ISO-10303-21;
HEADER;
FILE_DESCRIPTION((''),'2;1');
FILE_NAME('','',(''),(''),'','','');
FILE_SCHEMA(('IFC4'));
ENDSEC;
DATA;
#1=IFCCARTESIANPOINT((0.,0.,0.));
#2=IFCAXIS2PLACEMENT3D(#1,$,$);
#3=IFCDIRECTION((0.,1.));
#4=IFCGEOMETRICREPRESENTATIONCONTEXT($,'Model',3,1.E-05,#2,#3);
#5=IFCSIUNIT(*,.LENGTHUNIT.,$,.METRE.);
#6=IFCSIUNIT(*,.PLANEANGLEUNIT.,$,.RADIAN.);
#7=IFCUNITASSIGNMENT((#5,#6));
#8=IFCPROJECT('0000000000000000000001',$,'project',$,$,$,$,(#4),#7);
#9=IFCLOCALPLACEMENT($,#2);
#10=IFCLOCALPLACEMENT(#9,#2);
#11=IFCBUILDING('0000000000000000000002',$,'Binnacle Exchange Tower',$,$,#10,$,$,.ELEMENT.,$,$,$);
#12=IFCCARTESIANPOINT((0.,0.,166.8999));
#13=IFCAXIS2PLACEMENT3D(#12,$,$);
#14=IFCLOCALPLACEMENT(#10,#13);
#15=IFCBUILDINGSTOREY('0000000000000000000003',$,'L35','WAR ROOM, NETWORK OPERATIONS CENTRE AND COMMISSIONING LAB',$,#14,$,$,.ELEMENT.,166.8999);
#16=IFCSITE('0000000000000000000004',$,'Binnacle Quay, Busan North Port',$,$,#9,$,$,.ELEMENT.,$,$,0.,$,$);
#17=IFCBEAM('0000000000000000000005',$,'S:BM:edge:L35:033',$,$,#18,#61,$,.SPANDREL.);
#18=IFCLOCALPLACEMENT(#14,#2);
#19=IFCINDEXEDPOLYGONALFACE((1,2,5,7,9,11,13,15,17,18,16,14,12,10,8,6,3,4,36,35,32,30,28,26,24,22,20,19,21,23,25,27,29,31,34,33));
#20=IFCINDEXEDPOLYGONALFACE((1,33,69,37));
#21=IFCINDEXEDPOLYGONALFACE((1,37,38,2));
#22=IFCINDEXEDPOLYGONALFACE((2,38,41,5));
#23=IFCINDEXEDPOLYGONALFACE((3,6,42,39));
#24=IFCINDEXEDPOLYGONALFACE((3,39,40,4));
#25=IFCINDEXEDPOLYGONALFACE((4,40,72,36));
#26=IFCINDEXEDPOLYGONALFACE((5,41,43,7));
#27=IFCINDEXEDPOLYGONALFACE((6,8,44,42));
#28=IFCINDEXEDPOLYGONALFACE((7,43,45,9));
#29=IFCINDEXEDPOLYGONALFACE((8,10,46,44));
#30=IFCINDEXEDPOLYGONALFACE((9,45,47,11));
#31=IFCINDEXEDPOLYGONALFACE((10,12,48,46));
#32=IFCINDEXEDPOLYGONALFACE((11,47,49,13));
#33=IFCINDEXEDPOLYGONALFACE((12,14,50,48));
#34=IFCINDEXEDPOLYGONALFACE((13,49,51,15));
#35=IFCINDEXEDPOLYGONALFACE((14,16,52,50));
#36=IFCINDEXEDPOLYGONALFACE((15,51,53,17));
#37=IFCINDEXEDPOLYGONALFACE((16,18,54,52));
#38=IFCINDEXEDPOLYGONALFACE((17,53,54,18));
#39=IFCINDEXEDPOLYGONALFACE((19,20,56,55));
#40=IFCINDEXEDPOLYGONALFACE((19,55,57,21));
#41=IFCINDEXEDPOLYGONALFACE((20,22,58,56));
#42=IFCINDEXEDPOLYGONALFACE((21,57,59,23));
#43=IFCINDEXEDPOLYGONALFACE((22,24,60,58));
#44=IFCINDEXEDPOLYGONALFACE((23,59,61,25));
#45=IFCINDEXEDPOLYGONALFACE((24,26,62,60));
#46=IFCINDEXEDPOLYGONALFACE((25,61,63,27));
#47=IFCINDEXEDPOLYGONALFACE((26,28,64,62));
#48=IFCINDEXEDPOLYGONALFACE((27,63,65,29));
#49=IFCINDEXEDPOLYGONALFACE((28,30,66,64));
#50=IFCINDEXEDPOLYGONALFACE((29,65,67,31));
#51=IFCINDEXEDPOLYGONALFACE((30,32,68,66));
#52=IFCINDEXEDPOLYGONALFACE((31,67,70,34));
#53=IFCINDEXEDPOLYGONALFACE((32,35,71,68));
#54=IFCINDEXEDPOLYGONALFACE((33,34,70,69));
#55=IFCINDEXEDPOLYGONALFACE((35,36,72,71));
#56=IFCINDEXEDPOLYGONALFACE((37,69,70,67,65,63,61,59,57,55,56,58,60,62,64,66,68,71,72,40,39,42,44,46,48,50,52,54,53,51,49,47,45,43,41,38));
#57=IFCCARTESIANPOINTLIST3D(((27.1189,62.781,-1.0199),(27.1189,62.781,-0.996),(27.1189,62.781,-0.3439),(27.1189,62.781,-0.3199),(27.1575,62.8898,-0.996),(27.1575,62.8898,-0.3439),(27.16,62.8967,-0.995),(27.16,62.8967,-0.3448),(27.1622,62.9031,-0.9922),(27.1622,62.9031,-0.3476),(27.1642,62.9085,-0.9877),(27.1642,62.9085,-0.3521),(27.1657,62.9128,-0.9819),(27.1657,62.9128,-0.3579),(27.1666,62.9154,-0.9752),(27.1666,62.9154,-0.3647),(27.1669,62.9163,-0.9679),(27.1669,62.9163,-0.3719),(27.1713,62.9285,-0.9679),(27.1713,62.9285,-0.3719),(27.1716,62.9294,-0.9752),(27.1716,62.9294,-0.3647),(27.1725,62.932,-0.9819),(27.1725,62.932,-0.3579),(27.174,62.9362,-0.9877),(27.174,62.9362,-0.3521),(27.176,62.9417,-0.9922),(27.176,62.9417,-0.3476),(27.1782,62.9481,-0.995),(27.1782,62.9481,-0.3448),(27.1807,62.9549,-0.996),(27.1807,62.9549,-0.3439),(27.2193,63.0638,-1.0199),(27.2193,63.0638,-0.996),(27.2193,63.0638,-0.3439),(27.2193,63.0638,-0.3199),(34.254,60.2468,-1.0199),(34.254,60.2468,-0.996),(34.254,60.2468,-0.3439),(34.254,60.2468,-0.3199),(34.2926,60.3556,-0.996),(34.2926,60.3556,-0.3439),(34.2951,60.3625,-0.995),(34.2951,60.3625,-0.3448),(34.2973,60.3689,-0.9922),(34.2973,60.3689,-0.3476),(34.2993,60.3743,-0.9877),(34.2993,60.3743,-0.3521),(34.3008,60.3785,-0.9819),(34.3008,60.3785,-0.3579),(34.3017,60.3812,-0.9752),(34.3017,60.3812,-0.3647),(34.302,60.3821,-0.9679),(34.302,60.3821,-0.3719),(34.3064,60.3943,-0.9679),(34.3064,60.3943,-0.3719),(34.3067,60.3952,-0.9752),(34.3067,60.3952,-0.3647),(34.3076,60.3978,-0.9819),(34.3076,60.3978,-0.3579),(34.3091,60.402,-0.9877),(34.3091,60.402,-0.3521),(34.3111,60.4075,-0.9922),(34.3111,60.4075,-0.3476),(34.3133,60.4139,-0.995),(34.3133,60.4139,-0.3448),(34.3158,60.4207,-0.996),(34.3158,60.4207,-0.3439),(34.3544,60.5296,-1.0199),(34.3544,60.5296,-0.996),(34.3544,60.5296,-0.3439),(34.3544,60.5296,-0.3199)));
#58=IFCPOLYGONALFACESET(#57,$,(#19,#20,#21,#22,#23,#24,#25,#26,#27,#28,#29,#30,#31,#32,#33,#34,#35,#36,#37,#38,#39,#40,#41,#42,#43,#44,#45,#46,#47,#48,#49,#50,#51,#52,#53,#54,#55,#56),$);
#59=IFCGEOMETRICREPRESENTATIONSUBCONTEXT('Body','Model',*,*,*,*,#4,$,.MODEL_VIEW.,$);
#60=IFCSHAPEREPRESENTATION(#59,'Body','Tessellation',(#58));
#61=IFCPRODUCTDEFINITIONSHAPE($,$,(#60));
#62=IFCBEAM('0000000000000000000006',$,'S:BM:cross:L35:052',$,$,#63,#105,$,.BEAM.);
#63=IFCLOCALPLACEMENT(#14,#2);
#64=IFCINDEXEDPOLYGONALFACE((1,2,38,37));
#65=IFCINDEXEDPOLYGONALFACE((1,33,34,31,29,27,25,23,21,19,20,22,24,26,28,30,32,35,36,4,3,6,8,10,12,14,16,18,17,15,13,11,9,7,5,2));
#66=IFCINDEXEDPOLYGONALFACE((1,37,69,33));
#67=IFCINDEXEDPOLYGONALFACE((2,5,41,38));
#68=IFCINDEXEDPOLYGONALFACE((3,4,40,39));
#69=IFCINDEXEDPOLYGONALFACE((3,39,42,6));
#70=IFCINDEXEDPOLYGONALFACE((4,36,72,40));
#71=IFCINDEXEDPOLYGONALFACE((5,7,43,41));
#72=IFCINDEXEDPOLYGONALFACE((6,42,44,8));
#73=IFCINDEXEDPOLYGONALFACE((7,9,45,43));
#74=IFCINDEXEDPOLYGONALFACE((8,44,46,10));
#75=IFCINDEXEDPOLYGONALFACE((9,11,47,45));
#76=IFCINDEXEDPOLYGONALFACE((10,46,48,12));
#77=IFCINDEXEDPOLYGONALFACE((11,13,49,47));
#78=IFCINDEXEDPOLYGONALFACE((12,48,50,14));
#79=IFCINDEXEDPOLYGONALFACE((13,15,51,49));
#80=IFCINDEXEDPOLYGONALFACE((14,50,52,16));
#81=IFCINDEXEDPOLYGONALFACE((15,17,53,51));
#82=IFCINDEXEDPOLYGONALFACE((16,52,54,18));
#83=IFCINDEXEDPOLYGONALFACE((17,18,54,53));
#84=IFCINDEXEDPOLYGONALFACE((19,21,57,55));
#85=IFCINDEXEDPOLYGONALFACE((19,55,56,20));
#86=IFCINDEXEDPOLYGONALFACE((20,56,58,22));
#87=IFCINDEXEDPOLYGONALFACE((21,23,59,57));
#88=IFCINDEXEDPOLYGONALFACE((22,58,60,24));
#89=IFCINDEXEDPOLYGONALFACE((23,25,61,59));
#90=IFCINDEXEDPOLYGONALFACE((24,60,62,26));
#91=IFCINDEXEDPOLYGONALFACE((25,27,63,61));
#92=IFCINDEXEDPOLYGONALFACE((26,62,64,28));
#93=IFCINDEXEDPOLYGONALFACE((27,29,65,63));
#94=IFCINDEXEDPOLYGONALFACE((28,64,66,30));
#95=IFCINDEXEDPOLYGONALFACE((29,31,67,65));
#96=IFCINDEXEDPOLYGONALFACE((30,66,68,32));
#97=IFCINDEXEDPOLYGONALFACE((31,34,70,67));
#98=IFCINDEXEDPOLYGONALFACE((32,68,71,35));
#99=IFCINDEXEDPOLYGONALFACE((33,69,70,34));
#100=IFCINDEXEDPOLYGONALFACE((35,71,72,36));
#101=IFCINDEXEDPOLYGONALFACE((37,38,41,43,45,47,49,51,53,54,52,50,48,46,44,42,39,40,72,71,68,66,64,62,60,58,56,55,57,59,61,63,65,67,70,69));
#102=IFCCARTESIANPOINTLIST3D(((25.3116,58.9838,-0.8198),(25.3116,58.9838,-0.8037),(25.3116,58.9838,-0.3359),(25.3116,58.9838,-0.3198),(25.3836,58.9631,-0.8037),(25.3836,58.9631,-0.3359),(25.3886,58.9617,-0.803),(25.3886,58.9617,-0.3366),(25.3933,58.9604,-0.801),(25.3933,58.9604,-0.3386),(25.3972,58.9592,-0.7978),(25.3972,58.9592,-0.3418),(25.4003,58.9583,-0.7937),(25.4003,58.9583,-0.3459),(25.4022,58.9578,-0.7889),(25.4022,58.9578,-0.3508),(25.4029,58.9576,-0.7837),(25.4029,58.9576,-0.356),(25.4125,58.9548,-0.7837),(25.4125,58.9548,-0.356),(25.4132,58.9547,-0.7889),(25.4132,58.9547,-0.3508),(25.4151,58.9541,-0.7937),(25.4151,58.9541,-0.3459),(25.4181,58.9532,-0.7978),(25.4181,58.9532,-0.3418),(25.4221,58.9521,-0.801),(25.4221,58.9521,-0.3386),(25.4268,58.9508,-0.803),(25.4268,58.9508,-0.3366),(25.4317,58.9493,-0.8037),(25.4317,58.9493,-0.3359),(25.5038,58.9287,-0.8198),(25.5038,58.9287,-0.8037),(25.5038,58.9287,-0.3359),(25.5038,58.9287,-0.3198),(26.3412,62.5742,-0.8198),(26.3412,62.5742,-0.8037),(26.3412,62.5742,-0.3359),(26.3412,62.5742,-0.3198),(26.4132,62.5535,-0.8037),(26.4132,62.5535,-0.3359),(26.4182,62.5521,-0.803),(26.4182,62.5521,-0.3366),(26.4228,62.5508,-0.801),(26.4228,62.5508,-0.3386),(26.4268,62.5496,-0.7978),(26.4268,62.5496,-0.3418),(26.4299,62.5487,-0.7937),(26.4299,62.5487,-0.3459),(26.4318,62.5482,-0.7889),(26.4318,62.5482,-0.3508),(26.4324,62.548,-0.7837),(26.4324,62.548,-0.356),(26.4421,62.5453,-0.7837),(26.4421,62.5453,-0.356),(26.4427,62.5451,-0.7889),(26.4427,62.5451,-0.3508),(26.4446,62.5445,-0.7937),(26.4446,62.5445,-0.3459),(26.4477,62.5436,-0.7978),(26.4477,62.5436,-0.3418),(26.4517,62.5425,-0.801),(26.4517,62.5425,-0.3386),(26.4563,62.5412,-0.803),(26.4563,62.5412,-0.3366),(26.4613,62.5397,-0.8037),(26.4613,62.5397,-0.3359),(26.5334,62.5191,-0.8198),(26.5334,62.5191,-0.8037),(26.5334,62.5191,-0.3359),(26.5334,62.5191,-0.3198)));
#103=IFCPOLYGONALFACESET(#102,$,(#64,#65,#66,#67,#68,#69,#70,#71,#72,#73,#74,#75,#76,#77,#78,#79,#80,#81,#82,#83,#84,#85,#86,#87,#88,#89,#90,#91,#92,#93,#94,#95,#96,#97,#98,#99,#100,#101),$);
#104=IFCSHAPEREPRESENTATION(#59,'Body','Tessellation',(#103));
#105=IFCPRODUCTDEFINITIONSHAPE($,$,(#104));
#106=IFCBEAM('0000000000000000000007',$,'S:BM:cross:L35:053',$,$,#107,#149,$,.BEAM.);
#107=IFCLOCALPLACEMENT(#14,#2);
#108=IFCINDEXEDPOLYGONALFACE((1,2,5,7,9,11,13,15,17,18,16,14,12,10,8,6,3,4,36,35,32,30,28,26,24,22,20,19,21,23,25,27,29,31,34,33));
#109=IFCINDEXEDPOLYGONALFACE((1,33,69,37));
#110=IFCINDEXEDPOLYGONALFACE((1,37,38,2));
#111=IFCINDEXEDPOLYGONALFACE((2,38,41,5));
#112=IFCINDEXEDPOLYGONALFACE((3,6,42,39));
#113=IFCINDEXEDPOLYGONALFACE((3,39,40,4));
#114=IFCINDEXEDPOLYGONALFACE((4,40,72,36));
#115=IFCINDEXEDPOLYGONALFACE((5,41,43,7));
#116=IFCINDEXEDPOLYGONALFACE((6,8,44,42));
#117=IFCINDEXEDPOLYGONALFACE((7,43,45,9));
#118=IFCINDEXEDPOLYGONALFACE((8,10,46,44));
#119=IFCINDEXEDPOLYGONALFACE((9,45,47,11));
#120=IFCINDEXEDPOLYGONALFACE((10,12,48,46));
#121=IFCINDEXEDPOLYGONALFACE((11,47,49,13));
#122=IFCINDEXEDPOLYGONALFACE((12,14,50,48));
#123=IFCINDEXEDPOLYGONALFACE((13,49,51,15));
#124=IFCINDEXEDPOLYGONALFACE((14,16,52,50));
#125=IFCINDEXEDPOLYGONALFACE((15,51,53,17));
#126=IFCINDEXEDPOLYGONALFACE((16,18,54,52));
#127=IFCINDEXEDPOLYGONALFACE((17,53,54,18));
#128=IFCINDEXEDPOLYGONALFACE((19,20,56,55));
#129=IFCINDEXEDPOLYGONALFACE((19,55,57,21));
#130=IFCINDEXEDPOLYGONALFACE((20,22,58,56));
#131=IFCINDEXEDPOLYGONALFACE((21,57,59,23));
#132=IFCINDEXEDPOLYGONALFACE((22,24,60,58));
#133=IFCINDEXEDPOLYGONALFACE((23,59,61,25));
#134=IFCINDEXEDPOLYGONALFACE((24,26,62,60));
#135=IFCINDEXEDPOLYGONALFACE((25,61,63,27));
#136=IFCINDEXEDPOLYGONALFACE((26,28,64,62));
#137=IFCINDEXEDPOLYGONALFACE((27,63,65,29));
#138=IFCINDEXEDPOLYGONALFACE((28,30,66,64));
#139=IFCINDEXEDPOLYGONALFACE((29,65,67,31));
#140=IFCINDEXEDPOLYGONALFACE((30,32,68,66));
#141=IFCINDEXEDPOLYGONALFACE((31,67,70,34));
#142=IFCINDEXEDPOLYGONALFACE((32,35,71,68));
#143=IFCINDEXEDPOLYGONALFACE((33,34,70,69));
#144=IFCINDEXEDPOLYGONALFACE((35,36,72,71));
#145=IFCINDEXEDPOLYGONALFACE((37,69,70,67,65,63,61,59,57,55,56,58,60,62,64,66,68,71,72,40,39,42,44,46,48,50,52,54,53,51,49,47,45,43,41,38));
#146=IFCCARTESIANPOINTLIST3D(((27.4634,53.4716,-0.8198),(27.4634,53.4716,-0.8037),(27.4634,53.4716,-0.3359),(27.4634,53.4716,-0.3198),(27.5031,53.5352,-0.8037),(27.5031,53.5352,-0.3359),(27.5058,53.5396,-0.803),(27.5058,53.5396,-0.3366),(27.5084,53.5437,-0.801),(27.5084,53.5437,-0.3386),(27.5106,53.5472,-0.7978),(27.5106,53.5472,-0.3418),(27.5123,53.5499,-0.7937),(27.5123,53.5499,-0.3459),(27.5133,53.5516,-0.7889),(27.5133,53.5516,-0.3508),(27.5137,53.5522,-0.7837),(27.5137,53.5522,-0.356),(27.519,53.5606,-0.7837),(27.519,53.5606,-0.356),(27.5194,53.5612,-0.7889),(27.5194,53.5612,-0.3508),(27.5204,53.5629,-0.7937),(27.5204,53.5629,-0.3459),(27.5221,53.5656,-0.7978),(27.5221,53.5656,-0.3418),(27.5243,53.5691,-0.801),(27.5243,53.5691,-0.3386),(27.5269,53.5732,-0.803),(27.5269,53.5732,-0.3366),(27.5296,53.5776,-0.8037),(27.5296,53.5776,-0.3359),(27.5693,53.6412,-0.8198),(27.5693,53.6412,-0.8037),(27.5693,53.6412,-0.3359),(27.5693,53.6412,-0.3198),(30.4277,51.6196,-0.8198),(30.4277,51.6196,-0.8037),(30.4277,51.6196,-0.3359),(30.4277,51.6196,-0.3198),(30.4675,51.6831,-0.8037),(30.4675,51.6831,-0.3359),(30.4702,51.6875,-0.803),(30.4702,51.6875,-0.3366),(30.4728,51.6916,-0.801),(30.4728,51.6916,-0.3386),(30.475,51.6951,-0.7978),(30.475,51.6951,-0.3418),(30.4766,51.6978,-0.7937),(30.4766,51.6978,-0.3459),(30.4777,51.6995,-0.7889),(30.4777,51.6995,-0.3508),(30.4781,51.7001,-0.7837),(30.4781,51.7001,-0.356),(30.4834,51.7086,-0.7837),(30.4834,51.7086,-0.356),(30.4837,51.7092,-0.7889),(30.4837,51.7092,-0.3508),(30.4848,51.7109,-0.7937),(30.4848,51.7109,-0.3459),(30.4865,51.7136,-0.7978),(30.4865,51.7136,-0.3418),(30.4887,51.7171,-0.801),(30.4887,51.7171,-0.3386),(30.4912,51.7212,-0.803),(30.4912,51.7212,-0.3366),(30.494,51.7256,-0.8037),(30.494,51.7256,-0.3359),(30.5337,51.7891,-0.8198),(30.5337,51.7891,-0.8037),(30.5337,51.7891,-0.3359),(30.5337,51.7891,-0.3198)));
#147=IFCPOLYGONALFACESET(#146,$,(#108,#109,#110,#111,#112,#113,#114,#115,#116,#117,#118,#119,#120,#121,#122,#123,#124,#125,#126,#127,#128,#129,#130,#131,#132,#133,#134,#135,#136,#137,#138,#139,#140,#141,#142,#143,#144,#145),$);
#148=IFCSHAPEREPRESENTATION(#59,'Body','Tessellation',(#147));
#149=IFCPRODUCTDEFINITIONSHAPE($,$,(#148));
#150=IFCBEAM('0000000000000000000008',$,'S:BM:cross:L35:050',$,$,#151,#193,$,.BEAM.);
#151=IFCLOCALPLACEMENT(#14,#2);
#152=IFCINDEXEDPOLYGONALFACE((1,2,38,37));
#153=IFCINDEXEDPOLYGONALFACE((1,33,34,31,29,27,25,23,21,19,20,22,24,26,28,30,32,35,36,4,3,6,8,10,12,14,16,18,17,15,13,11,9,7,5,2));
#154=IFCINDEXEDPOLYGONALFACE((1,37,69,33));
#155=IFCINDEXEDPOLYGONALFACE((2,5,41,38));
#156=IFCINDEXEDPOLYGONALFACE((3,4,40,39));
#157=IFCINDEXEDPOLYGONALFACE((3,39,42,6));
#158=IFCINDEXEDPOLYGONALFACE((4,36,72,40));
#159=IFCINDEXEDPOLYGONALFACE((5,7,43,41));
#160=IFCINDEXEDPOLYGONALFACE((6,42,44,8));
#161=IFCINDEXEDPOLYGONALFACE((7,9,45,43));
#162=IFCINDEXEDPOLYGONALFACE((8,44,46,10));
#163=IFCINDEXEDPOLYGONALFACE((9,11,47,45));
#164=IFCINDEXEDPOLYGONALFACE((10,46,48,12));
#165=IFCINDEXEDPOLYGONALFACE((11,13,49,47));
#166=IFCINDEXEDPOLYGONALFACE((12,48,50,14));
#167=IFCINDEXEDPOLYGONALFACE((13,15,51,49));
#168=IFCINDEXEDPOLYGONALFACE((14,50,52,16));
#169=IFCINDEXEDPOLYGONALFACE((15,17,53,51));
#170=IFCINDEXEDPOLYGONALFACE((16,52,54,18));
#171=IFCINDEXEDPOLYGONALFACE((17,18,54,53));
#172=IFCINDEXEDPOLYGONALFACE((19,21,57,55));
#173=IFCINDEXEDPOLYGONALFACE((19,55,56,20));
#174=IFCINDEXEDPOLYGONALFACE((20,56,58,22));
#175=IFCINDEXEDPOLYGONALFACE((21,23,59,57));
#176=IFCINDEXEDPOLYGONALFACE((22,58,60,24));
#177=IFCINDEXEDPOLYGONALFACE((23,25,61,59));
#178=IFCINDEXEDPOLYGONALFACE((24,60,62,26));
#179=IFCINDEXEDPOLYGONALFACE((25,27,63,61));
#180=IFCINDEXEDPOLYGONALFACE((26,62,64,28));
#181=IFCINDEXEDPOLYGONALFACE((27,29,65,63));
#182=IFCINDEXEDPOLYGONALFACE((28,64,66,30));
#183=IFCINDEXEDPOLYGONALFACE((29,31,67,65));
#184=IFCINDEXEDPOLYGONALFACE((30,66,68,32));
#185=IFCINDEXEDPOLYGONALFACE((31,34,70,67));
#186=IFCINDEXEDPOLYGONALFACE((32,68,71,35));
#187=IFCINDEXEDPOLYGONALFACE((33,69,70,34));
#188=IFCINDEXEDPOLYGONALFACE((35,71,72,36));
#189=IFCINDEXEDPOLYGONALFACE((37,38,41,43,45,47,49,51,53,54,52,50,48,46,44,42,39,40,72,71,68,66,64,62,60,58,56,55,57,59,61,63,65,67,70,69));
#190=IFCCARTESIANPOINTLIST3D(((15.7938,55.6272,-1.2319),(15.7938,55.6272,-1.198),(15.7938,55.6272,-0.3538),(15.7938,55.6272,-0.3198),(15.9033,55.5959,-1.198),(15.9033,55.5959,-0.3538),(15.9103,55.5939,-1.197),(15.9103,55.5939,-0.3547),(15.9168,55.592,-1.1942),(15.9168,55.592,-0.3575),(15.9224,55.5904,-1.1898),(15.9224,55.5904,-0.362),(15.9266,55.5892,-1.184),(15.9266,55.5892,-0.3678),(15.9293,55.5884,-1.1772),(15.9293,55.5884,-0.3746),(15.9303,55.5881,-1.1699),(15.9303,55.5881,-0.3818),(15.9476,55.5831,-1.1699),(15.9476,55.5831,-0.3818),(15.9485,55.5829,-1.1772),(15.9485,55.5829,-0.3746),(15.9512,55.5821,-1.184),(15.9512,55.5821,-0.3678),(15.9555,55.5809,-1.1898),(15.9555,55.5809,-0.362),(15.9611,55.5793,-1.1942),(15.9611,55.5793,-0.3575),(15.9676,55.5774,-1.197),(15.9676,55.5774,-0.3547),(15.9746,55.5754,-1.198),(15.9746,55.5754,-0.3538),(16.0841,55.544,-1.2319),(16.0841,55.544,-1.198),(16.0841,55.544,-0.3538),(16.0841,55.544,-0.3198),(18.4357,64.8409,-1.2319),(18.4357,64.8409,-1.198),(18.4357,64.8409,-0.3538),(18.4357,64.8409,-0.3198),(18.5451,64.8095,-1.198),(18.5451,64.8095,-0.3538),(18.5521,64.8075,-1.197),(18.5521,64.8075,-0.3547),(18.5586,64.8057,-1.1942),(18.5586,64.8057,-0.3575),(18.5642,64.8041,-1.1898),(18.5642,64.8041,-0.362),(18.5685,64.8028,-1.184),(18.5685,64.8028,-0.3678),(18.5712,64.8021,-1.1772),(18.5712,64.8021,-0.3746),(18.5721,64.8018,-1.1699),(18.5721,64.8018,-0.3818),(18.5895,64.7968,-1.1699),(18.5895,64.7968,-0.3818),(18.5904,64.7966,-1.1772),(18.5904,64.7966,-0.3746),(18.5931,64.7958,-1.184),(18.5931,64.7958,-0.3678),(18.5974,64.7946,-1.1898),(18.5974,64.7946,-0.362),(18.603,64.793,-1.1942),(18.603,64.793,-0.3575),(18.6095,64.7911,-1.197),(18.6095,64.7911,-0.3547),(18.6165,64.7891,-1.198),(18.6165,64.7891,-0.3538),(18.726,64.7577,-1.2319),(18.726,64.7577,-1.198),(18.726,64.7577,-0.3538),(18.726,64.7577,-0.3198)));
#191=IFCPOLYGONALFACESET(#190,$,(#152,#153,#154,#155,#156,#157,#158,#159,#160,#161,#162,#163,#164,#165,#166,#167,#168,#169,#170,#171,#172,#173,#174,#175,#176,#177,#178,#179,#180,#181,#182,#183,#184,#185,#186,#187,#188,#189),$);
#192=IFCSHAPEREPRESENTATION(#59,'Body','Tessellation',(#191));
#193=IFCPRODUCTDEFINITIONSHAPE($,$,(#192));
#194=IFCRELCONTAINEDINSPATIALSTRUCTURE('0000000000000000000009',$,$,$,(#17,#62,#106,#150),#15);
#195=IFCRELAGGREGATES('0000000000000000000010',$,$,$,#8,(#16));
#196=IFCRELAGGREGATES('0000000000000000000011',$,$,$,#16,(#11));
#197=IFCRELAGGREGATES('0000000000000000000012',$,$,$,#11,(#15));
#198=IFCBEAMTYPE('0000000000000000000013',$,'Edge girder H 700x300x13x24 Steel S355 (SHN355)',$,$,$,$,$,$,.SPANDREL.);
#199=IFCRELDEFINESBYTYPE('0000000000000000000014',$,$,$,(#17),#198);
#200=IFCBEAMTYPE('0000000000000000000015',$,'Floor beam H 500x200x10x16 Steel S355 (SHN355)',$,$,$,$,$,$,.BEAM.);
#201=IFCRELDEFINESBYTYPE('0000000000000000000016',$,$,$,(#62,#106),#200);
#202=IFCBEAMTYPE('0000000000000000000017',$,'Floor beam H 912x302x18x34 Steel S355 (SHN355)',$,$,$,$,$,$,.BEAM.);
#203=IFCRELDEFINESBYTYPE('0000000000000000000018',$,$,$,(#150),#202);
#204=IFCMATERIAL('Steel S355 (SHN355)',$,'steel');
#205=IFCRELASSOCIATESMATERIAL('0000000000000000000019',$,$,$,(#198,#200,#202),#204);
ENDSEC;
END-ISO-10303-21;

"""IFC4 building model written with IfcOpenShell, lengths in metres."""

from ifc_helpers import new_model, si_unit, direction, frame, origin, origin_2d, place, context, subcontext, project, spatial, i_section, extrude, material, material_profile, profile_set, type_object, element, save


model = new_model("IFC4")

# Units and contexts
model_context = context("Model", 3, precision=1e-05, world=origin(), true_north=direction((0.0, 1.0)))
body_context = subcontext(model_context, "Body", "Model", "MODEL_VIEW")
ifc_project = project(units=[si_unit("LENGTHUNIT", "METRE"), si_unit("PLANEANGLEUNIT", "RADIAN")], contexts=[model_context])

# Site, building, storey
site_placement = place(None, origin())
site = spatial("IfcSite", under=ifc_project, at=site_placement, Name="Binnacle Quay, Busan North Port", CompositionType="ELEMENT", RefElevation=0.0)
building_placement = place(site_placement, origin())
building = spatial("IfcBuilding", under=site, at=building_placement, Name="Binnacle Exchange Tower", CompositionType="ELEMENT")
storey_placement = place(building_placement, frame((0.0, 0.0, 166.8999)))
storey = spatial("IfcBuildingStorey", under=building, at=storey_placement, Name="L35", Description="WAR ROOM, NETWORK OPERATIONS CENTRE AND COMMISSIONING LAB", CompositionType="ELEMENT", Elevation=166.8999)

# Beams
ifc_material_1 = material(Name="Steel S355 (SHN355)", Category="steel")
ifc_material_profile_1 = material_profile(ifc_material_1, i_section(OverallWidth=0.3, OverallDepth=0.7, WebThickness=0.0129, FlangeThickness=0.0239, FilletRadius=0.0281, at=origin_2d()), Name="H 700x300x13x24")
ifc_profile_set_1 = profile_set([ifc_material_profile_1], Name="Steel S355 (SHN355)")
beam_type_1 = type_object("IfcBeamType", Name="Edge girder H 700x300x13x24 Steel S355 (SHN355)", PredefinedType="SPANDREL", material=ifc_profile_set_1)
beam_1_placement = place(storey_placement, frame((34.3042, 60.3882, -0.6699), z_axis=(-0.942328, 0.334692, 0.0), x_axis=(-0.334692, -0.942328, 0.0)))
element("IfcBeam", 1, at=beam_1_placement, inside=storey, type_object=beam_type_1, Name="S:BM:edge:L35:033", PredefinedType="SPANDREL", context=body_context, shape_type="SweptSolid", body=[
    extrude(i_section(OverallWidth=0.3, OverallDepth=0.7, WebThickness=0.0129, FlangeThickness=0.0239, FilletRadius=0.0281, at=origin_2d()), origin(), (0.0, 0.0, 1.0), 7.5718),
])
ifc_material_profile_2 = material_profile(ifc_material_1, i_section(OverallWidth=0.2, OverallDepth=0.5, WebThickness=0.01, FlangeThickness=0.0161, FilletRadius=0.02, at=origin_2d()), Name="H 500x200x10x16")
ifc_profile_set_2 = profile_set([ifc_material_profile_2], Name="Steel S355 (SHN355)")
beam_type_2 = type_object("IfcBeamType", Name="Floor beam H 500x200x10x16 Steel S355 (SHN355)", PredefinedType="BEAM", material=ifc_profile_set_2)
beam_2_placement = place(storey_placement, frame((26.4373, 62.5466, -0.5698), z_axis=(-0.275645, -0.96126, 0.0), x_axis=(0.96126, -0.275645, 0.0)))
element("IfcBeam", 2, at=beam_2_placement, inside=storey, type_object=beam_type_2, Name="S:BM:cross:L35:052", PredefinedType="BEAM", context=body_context, shape_type="SweptSolid", body=[
    extrude(i_section(OverallWidth=0.2, OverallDepth=0.5, WebThickness=0.01, FlangeThickness=0.0161, FilletRadius=0.02, at=origin_2d()), origin(), (0.0, 0.0, 1.0), 3.7351),
])
beam_3_placement = place(storey_placement, frame((30.4807, 51.7043, -0.5698), z_axis=(-0.848085, 0.529861, 0.0), x_axis=(-0.529861, -0.848085, 0.0)))
element("IfcBeam", 3, at=beam_3_placement, inside=storey, type_object=beam_type_2, Name="S:BM:cross:L35:053", PredefinedType="BEAM", context=body_context, shape_type="SweptSolid", body=[
    extrude(i_section(OverallWidth=0.2, OverallDepth=0.5, WebThickness=0.01, FlangeThickness=0.0161, FilletRadius=0.02, at=origin_2d()), origin(), (0.0, 0.0, 1.0), 3.4954),
])
ifc_material_profile_3 = material_profile(ifc_material_1, i_section(OverallWidth=0.302, OverallDepth=0.9121, WebThickness=0.0181, FlangeThickness=0.0339, FilletRadius=0.0281, at=origin_2d()), Name="H 912x302x18x34")
ifc_profile_set_3 = profile_set([ifc_material_profile_3], Name="Steel S355 (SHN355)")
beam_type_3 = type_object("IfcBeamType", Name="Floor beam H 912x302x18x34 Steel S355 (SHN355)", PredefinedType="BEAM", material=ifc_profile_set_3)
beam_4_placement = place(storey_placement, frame((18.5808, 64.7993, -0.7759), z_axis=(-0.275626, -0.961265, 0.0), x_axis=(0.961265, -0.275626, 0.0)))
element("IfcBeam", 4, at=beam_4_placement, inside=storey, type_object=beam_type_3, Name="S:BM:cross:L35:050", PredefinedType="BEAM", context=body_context, shape_type="SweptSolid", body=[
    extrude(i_section(OverallWidth=0.302, OverallDepth=0.9121, WebThickness=0.0181, FlangeThickness=0.0339, FilletRadius=0.0281, at=origin_2d()), origin(), (0.0, 0.0, 1.0), 9.585),
])

save(model, "model.ifc")
